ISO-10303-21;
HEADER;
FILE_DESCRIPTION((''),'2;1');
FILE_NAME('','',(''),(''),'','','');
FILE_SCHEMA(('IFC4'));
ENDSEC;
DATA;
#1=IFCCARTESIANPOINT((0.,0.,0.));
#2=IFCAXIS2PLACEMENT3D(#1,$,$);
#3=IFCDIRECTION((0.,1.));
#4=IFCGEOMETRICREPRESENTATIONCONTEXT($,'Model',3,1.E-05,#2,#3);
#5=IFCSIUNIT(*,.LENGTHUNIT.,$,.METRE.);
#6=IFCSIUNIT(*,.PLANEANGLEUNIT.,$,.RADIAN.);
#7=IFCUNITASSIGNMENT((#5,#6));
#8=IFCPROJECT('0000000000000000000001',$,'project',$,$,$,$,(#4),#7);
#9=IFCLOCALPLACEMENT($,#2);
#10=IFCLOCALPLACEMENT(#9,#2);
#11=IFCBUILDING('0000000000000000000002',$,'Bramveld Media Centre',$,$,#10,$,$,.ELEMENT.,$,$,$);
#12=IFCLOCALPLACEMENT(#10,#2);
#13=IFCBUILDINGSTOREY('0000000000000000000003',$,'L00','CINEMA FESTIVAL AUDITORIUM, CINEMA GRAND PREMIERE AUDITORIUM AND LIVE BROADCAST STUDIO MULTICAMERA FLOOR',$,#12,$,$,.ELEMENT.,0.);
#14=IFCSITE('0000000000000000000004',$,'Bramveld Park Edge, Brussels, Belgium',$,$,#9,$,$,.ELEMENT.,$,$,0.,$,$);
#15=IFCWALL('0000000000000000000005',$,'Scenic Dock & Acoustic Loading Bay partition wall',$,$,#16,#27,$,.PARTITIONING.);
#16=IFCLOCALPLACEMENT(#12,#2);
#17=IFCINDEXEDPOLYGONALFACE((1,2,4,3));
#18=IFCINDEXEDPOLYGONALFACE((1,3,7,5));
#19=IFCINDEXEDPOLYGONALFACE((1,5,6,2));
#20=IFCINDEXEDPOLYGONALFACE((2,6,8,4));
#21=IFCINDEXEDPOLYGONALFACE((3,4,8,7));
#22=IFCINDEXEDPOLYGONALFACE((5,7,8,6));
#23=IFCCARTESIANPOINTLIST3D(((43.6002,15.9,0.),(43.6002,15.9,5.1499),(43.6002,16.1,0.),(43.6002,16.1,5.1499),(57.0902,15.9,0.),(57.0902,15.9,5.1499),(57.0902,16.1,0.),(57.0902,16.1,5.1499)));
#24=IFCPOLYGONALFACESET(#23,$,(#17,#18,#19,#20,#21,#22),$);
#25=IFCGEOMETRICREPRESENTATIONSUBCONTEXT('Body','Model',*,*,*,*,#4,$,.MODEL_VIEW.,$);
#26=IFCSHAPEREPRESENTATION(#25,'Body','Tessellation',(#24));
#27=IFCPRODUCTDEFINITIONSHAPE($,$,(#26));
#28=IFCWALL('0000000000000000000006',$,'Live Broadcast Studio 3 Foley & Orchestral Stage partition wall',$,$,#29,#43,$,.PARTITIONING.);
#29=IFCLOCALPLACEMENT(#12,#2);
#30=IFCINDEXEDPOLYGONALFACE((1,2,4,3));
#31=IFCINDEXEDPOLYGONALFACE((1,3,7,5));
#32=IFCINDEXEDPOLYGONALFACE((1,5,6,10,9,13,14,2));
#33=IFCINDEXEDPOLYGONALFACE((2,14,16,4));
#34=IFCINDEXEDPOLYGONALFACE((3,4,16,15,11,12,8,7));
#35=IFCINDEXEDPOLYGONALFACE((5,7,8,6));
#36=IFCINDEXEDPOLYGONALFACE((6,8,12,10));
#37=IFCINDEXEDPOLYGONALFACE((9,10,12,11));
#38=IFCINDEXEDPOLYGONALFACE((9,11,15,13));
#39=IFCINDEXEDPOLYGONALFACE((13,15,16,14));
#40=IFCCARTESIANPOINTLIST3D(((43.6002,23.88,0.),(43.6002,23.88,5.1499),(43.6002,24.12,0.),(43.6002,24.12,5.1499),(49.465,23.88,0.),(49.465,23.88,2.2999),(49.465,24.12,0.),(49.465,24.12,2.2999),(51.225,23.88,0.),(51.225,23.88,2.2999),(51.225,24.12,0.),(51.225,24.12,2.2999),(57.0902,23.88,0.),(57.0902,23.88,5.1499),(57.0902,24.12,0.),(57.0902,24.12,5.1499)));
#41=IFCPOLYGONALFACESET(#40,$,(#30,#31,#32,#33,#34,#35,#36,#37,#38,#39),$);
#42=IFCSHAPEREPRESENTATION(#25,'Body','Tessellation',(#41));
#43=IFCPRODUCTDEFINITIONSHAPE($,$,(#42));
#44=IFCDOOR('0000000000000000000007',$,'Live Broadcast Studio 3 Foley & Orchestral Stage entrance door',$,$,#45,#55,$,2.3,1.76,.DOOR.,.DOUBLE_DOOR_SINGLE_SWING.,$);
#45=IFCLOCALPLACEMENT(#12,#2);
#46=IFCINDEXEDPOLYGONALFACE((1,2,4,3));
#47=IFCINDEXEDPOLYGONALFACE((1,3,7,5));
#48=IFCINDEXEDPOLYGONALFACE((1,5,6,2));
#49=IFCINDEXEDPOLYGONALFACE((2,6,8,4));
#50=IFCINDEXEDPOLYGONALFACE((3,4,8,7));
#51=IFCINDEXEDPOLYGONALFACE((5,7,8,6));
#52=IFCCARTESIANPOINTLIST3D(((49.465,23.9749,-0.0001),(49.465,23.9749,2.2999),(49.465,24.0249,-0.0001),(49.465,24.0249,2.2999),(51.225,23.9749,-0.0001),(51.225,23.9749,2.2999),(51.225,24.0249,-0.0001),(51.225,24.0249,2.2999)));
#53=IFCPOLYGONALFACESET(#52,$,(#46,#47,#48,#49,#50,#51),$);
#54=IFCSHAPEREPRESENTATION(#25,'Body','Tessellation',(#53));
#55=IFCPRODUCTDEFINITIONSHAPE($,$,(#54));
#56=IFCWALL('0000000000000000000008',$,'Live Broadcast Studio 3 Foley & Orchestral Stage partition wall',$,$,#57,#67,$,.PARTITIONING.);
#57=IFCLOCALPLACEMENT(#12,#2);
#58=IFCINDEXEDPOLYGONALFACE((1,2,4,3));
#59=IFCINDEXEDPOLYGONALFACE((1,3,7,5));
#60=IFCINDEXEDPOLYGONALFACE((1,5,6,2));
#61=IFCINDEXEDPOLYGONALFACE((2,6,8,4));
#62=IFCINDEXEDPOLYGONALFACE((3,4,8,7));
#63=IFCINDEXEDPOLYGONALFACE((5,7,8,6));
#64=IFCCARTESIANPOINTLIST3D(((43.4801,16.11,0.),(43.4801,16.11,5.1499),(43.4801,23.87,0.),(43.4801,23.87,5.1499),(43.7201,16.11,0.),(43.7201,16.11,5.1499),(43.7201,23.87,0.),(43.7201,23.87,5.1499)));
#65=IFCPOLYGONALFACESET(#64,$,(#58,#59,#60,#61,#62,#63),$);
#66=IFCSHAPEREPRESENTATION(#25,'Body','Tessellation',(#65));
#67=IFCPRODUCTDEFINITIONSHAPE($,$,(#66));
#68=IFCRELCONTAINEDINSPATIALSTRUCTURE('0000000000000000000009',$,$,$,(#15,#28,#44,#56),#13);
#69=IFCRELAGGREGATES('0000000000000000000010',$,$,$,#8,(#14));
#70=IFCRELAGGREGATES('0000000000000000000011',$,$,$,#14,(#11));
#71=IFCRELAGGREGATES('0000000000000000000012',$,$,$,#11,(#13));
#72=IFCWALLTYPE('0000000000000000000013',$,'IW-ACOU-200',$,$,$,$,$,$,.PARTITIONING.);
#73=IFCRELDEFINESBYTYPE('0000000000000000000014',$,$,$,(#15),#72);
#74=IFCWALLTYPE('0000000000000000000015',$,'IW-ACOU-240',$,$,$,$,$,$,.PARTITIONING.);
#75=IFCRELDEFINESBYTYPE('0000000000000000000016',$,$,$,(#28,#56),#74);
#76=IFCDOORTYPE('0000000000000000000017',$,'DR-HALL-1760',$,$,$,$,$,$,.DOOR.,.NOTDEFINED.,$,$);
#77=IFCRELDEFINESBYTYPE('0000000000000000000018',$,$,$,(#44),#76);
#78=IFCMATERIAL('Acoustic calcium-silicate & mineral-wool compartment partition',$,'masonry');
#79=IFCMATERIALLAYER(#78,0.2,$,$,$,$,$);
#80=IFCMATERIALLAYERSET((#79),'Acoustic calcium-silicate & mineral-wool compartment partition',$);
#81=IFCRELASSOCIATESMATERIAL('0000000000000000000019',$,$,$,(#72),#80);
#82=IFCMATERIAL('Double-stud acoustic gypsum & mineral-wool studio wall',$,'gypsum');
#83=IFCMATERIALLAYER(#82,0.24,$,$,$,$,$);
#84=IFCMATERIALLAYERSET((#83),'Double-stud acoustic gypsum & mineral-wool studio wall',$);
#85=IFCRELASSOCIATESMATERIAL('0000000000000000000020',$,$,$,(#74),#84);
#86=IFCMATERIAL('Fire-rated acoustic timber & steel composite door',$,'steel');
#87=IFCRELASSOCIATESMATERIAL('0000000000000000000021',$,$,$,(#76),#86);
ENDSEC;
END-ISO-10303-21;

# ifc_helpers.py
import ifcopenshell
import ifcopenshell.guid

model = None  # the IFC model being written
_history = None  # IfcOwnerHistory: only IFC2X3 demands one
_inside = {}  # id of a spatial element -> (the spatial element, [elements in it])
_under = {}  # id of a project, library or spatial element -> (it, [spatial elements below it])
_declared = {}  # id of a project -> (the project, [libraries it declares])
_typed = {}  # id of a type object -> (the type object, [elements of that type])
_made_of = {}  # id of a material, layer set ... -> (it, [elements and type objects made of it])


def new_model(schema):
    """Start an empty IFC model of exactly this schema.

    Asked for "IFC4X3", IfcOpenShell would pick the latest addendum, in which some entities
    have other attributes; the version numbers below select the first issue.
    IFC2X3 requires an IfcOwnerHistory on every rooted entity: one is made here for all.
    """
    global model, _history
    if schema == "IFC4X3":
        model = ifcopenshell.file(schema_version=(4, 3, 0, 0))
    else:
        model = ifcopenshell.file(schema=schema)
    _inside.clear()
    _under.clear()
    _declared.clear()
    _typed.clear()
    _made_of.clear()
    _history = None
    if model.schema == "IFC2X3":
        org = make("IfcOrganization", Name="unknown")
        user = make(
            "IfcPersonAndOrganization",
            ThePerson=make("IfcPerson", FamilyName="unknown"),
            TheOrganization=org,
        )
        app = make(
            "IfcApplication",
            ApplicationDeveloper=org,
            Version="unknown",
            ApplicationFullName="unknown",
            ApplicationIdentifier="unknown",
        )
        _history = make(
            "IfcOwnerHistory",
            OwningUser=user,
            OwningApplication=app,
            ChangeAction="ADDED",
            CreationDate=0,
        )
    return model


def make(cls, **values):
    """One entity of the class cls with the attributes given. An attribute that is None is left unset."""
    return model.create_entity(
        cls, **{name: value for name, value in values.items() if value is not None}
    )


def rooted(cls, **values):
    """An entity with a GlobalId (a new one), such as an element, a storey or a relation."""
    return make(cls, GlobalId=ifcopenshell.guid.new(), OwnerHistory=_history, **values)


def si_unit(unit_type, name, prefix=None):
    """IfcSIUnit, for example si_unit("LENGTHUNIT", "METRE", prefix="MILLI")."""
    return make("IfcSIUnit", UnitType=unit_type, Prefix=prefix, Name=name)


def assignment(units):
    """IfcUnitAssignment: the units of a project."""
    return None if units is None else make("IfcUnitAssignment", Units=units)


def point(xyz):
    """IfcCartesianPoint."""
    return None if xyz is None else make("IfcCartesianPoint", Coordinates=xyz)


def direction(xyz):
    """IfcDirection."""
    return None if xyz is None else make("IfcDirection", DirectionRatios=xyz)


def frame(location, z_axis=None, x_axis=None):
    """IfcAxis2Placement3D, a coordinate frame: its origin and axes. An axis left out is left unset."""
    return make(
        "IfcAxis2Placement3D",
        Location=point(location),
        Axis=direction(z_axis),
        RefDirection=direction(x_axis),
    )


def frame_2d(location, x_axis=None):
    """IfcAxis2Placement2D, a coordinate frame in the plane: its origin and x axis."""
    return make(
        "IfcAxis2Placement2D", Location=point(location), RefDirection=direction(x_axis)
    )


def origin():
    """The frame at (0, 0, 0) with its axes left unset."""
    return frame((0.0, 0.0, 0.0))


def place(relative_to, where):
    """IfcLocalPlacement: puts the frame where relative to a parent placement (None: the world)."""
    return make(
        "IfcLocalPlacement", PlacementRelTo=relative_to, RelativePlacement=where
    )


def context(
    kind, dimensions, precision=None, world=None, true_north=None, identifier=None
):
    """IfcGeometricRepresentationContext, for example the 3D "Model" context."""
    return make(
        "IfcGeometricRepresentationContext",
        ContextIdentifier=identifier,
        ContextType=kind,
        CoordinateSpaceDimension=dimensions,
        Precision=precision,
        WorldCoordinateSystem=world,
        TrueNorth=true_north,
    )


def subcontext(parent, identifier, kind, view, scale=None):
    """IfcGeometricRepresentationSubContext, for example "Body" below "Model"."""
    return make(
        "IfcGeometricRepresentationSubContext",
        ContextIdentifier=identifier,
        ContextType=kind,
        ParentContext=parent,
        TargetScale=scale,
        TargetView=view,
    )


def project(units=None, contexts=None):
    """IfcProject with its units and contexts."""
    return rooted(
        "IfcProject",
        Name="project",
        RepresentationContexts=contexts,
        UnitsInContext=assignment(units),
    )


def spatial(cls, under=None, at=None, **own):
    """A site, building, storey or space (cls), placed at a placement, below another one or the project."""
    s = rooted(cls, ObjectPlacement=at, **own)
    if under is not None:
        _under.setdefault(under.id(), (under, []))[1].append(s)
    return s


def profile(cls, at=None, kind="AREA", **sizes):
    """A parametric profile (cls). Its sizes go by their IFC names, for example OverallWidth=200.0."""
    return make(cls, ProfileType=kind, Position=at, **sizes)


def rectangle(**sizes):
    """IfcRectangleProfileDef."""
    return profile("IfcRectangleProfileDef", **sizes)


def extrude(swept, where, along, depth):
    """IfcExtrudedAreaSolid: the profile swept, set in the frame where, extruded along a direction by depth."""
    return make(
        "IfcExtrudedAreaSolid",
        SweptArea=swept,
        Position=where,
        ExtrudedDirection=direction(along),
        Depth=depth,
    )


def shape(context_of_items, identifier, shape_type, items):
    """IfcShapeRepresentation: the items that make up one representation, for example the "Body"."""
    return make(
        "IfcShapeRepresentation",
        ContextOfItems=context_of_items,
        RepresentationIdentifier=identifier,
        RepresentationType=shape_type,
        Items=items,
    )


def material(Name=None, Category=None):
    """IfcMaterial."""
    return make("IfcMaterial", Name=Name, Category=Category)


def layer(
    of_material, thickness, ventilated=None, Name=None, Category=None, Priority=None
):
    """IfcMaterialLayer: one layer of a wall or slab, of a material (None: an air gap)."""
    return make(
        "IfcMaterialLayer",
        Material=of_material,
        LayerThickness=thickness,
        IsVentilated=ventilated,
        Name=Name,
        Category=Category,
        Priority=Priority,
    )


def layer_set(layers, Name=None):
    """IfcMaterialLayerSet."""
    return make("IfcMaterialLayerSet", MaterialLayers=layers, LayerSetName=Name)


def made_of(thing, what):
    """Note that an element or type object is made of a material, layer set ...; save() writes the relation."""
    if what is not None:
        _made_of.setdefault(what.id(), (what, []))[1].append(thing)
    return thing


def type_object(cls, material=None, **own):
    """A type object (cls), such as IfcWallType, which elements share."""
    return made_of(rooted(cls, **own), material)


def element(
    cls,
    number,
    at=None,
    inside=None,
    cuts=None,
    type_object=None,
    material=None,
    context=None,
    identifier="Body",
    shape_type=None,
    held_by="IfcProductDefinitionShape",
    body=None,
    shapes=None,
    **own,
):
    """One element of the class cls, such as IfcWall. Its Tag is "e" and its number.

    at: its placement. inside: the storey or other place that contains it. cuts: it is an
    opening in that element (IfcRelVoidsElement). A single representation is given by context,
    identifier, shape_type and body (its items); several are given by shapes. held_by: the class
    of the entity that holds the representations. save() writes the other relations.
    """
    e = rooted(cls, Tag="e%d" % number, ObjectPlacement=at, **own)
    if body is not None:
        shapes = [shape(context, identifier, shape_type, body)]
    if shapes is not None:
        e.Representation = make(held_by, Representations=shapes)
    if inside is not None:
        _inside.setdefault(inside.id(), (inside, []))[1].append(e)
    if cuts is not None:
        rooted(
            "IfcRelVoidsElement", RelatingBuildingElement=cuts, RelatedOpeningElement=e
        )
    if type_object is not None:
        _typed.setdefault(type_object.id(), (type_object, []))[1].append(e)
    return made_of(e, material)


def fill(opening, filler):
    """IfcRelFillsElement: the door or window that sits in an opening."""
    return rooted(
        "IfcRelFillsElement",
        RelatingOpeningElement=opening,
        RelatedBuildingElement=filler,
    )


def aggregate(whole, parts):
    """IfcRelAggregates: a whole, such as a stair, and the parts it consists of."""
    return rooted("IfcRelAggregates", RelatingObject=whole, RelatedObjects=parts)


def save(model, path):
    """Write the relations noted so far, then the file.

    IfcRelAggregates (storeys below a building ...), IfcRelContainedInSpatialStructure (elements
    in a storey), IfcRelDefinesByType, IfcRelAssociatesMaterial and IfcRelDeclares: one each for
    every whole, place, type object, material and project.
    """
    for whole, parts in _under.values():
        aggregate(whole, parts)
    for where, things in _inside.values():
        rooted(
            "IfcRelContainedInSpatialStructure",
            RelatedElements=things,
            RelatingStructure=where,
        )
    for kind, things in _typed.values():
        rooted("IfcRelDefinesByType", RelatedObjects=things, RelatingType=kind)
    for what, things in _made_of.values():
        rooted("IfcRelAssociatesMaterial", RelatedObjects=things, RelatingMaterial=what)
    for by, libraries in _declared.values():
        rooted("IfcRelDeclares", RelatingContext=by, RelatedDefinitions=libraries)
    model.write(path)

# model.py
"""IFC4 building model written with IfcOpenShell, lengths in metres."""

from ifc_helpers import new_model, si_unit, direction, frame, frame_2d, origin, place, context, subcontext, project, spatial, rectangle, extrude, material, layer, layer_set, type_object, element, fill, save


model = new_model("IFC4")

# Units and contexts
model_context = context("Model", 3, precision=1e-05, world=origin(), true_north=direction((0.0, 1.0)))
body_context = subcontext(model_context, "Body", "Model", "MODEL_VIEW")
ifc_project = project(units=[si_unit("LENGTHUNIT", "METRE"), si_unit("PLANEANGLEUNIT", "RADIAN")], contexts=[model_context])

# Site, building, storey
site_placement = place(None, origin())
site = spatial("IfcSite", under=ifc_project, at=site_placement, Name="Bramveld Park Edge, Brussels, Belgium", CompositionType="ELEMENT", RefElevation=0.0)
building_placement = place(site_placement, origin())
building = spatial("IfcBuilding", under=site, at=building_placement, Name="Bramveld Media Centre", CompositionType="ELEMENT")
storey_placement = place(building_placement, origin())
storey = spatial("IfcBuildingStorey", under=building, at=storey_placement, Name="L00", Description="CINEMA FESTIVAL AUDITORIUM, CINEMA GRAND PREMIERE AUDITORIUM AND LIVE BROADCAST STUDIO MULTICAMERA FLOOR", CompositionType="ELEMENT", Elevation=0.0)

# Wall
ifc_material_1 = material(Name="Acoustic calcium-silicate & mineral-wool compartment partition", Category="masonry")
ifc_layer_1 = layer(ifc_material_1, 0.2)
ifc_layer_set_1 = layer_set([ifc_layer_1], Name="Acoustic calcium-silicate & mineral-wool compartment partition")
wall_type_1 = type_object("IfcWallType", Name="IW-ACOU-200", PredefinedType="PARTITIONING", material=ifc_layer_set_1)
wall_1_placement = place(storey_placement, frame((43.6001, 16.0, 0.0), z_axis=(0.0, 0.0, 1.0), x_axis=(1.0, 0.0, 0.0)))
element("IfcWall", 1, at=wall_1_placement, inside=storey, type_object=wall_type_1, Name="Scenic Dock & Acoustic Loading Bay partition wall", PredefinedType="PARTITIONING", context=body_context, shape_type="SweptSolid", body=[
    extrude(rectangle(XDim=13.49, YDim=0.2, at=frame_2d((6.7451, 0.0))), origin(), (0.0, 0.0, 1.0), 5.1499),
])

# Wall, opening, door
ifc_material_2 = material(Name="Double-stud acoustic gypsum & mineral-wool studio wall", Category="gypsum")
ifc_layer_2 = layer(ifc_material_2, 0.24)
ifc_layer_set_2 = layer_set([ifc_layer_2], Name="Double-stud acoustic gypsum & mineral-wool studio wall")
wall_type_2 = type_object("IfcWallType", Name="IW-ACOU-240", PredefinedType="PARTITIONING", material=ifc_layer_set_2)
wall_2_placement = place(storey_placement, frame((43.6001, 24.0, 0.0), z_axis=(0.0, 0.0, 1.0), x_axis=(1.0, 0.0, 0.0)))
wall_2 = element("IfcWall", 2, at=wall_2_placement, inside=storey, type_object=wall_type_2, Name="Live Broadcast Studio 3 Foley & Orchestral Stage partition wall", PredefinedType="PARTITIONING", context=body_context, shape_type="SweptSolid", body=[
    extrude(rectangle(XDim=13.49, YDim=0.24, at=frame_2d((6.7451, 0.0))), origin(), (0.0, 0.0, 1.0), 5.1499),
])
opening_placement = place(wall_2_placement, frame((5.865, 0.0, 0.0)))
opening = element("IfcOpeningElement", 3, at=opening_placement, cuts=wall_2, PredefinedType="OPENING", context=body_context, shape_type="SweptSolid", body=[
    extrude(rectangle(XDim=1.76, YDim=2.3, at=frame_2d((0.8799, 1.1499))), frame((0.0, 0.1318, 0.0), z_axis=(0.0, -1.0, 0.0), x_axis=(1.0, 0.0, 0.0)), (0.0, 0.0, 1.0), 0.2639),
])
ifc_material_3 = material(Name="Fire-rated acoustic timber & steel composite door", Category="steel")
door_type = type_object("IfcDoorType", Name="DR-HALL-1760", OperationType="NOTDEFINED", PredefinedType="DOOR", material=ifc_material_3)
door_placement = place(opening_placement, origin())
door = element("IfcDoor", 4, at=door_placement, inside=storey, type_object=door_type, Name="Live Broadcast Studio 3 Foley & Orchestral Stage entrance door", OperationType="DOUBLE_DOOR_SINGLE_SWING", OverallHeight=2.3, OverallWidth=1.76, PredefinedType="DOOR", context=body_context, shape_type="SweptSolid", body=[
    extrude(rectangle(XDim=1.76, YDim=2.3, at=frame_2d((0.8799, 1.1499))), frame((0.0, 0.0249, 0.0), z_axis=(0.0, -1.0, 0.0), x_axis=(1.0, 0.0, 0.0)), (0.0, 0.0, 1.0), 0.05),
])
fill(opening, door)

# Wall
wall_3_placement = place(storey_placement, frame((43.6001, 16.1101, 0.0), z_axis=(0.0, 0.0, 1.0), x_axis=(0.0, 1.0, 0.0)))
element("IfcWall", 5, at=wall_3_placement, inside=storey, type_object=wall_type_2, Name="Live Broadcast Studio 3 Foley & Orchestral Stage partition wall", PredefinedType="PARTITIONING", context=body_context, shape_type="SweptSolid", body=[
    extrude(rectangle(XDim=7.76, YDim=0.24, at=frame_2d((3.8799, 0.0))), origin(), (0.0, 0.0, 1.0), 5.1499),
])

save(model, "model.ifc")
